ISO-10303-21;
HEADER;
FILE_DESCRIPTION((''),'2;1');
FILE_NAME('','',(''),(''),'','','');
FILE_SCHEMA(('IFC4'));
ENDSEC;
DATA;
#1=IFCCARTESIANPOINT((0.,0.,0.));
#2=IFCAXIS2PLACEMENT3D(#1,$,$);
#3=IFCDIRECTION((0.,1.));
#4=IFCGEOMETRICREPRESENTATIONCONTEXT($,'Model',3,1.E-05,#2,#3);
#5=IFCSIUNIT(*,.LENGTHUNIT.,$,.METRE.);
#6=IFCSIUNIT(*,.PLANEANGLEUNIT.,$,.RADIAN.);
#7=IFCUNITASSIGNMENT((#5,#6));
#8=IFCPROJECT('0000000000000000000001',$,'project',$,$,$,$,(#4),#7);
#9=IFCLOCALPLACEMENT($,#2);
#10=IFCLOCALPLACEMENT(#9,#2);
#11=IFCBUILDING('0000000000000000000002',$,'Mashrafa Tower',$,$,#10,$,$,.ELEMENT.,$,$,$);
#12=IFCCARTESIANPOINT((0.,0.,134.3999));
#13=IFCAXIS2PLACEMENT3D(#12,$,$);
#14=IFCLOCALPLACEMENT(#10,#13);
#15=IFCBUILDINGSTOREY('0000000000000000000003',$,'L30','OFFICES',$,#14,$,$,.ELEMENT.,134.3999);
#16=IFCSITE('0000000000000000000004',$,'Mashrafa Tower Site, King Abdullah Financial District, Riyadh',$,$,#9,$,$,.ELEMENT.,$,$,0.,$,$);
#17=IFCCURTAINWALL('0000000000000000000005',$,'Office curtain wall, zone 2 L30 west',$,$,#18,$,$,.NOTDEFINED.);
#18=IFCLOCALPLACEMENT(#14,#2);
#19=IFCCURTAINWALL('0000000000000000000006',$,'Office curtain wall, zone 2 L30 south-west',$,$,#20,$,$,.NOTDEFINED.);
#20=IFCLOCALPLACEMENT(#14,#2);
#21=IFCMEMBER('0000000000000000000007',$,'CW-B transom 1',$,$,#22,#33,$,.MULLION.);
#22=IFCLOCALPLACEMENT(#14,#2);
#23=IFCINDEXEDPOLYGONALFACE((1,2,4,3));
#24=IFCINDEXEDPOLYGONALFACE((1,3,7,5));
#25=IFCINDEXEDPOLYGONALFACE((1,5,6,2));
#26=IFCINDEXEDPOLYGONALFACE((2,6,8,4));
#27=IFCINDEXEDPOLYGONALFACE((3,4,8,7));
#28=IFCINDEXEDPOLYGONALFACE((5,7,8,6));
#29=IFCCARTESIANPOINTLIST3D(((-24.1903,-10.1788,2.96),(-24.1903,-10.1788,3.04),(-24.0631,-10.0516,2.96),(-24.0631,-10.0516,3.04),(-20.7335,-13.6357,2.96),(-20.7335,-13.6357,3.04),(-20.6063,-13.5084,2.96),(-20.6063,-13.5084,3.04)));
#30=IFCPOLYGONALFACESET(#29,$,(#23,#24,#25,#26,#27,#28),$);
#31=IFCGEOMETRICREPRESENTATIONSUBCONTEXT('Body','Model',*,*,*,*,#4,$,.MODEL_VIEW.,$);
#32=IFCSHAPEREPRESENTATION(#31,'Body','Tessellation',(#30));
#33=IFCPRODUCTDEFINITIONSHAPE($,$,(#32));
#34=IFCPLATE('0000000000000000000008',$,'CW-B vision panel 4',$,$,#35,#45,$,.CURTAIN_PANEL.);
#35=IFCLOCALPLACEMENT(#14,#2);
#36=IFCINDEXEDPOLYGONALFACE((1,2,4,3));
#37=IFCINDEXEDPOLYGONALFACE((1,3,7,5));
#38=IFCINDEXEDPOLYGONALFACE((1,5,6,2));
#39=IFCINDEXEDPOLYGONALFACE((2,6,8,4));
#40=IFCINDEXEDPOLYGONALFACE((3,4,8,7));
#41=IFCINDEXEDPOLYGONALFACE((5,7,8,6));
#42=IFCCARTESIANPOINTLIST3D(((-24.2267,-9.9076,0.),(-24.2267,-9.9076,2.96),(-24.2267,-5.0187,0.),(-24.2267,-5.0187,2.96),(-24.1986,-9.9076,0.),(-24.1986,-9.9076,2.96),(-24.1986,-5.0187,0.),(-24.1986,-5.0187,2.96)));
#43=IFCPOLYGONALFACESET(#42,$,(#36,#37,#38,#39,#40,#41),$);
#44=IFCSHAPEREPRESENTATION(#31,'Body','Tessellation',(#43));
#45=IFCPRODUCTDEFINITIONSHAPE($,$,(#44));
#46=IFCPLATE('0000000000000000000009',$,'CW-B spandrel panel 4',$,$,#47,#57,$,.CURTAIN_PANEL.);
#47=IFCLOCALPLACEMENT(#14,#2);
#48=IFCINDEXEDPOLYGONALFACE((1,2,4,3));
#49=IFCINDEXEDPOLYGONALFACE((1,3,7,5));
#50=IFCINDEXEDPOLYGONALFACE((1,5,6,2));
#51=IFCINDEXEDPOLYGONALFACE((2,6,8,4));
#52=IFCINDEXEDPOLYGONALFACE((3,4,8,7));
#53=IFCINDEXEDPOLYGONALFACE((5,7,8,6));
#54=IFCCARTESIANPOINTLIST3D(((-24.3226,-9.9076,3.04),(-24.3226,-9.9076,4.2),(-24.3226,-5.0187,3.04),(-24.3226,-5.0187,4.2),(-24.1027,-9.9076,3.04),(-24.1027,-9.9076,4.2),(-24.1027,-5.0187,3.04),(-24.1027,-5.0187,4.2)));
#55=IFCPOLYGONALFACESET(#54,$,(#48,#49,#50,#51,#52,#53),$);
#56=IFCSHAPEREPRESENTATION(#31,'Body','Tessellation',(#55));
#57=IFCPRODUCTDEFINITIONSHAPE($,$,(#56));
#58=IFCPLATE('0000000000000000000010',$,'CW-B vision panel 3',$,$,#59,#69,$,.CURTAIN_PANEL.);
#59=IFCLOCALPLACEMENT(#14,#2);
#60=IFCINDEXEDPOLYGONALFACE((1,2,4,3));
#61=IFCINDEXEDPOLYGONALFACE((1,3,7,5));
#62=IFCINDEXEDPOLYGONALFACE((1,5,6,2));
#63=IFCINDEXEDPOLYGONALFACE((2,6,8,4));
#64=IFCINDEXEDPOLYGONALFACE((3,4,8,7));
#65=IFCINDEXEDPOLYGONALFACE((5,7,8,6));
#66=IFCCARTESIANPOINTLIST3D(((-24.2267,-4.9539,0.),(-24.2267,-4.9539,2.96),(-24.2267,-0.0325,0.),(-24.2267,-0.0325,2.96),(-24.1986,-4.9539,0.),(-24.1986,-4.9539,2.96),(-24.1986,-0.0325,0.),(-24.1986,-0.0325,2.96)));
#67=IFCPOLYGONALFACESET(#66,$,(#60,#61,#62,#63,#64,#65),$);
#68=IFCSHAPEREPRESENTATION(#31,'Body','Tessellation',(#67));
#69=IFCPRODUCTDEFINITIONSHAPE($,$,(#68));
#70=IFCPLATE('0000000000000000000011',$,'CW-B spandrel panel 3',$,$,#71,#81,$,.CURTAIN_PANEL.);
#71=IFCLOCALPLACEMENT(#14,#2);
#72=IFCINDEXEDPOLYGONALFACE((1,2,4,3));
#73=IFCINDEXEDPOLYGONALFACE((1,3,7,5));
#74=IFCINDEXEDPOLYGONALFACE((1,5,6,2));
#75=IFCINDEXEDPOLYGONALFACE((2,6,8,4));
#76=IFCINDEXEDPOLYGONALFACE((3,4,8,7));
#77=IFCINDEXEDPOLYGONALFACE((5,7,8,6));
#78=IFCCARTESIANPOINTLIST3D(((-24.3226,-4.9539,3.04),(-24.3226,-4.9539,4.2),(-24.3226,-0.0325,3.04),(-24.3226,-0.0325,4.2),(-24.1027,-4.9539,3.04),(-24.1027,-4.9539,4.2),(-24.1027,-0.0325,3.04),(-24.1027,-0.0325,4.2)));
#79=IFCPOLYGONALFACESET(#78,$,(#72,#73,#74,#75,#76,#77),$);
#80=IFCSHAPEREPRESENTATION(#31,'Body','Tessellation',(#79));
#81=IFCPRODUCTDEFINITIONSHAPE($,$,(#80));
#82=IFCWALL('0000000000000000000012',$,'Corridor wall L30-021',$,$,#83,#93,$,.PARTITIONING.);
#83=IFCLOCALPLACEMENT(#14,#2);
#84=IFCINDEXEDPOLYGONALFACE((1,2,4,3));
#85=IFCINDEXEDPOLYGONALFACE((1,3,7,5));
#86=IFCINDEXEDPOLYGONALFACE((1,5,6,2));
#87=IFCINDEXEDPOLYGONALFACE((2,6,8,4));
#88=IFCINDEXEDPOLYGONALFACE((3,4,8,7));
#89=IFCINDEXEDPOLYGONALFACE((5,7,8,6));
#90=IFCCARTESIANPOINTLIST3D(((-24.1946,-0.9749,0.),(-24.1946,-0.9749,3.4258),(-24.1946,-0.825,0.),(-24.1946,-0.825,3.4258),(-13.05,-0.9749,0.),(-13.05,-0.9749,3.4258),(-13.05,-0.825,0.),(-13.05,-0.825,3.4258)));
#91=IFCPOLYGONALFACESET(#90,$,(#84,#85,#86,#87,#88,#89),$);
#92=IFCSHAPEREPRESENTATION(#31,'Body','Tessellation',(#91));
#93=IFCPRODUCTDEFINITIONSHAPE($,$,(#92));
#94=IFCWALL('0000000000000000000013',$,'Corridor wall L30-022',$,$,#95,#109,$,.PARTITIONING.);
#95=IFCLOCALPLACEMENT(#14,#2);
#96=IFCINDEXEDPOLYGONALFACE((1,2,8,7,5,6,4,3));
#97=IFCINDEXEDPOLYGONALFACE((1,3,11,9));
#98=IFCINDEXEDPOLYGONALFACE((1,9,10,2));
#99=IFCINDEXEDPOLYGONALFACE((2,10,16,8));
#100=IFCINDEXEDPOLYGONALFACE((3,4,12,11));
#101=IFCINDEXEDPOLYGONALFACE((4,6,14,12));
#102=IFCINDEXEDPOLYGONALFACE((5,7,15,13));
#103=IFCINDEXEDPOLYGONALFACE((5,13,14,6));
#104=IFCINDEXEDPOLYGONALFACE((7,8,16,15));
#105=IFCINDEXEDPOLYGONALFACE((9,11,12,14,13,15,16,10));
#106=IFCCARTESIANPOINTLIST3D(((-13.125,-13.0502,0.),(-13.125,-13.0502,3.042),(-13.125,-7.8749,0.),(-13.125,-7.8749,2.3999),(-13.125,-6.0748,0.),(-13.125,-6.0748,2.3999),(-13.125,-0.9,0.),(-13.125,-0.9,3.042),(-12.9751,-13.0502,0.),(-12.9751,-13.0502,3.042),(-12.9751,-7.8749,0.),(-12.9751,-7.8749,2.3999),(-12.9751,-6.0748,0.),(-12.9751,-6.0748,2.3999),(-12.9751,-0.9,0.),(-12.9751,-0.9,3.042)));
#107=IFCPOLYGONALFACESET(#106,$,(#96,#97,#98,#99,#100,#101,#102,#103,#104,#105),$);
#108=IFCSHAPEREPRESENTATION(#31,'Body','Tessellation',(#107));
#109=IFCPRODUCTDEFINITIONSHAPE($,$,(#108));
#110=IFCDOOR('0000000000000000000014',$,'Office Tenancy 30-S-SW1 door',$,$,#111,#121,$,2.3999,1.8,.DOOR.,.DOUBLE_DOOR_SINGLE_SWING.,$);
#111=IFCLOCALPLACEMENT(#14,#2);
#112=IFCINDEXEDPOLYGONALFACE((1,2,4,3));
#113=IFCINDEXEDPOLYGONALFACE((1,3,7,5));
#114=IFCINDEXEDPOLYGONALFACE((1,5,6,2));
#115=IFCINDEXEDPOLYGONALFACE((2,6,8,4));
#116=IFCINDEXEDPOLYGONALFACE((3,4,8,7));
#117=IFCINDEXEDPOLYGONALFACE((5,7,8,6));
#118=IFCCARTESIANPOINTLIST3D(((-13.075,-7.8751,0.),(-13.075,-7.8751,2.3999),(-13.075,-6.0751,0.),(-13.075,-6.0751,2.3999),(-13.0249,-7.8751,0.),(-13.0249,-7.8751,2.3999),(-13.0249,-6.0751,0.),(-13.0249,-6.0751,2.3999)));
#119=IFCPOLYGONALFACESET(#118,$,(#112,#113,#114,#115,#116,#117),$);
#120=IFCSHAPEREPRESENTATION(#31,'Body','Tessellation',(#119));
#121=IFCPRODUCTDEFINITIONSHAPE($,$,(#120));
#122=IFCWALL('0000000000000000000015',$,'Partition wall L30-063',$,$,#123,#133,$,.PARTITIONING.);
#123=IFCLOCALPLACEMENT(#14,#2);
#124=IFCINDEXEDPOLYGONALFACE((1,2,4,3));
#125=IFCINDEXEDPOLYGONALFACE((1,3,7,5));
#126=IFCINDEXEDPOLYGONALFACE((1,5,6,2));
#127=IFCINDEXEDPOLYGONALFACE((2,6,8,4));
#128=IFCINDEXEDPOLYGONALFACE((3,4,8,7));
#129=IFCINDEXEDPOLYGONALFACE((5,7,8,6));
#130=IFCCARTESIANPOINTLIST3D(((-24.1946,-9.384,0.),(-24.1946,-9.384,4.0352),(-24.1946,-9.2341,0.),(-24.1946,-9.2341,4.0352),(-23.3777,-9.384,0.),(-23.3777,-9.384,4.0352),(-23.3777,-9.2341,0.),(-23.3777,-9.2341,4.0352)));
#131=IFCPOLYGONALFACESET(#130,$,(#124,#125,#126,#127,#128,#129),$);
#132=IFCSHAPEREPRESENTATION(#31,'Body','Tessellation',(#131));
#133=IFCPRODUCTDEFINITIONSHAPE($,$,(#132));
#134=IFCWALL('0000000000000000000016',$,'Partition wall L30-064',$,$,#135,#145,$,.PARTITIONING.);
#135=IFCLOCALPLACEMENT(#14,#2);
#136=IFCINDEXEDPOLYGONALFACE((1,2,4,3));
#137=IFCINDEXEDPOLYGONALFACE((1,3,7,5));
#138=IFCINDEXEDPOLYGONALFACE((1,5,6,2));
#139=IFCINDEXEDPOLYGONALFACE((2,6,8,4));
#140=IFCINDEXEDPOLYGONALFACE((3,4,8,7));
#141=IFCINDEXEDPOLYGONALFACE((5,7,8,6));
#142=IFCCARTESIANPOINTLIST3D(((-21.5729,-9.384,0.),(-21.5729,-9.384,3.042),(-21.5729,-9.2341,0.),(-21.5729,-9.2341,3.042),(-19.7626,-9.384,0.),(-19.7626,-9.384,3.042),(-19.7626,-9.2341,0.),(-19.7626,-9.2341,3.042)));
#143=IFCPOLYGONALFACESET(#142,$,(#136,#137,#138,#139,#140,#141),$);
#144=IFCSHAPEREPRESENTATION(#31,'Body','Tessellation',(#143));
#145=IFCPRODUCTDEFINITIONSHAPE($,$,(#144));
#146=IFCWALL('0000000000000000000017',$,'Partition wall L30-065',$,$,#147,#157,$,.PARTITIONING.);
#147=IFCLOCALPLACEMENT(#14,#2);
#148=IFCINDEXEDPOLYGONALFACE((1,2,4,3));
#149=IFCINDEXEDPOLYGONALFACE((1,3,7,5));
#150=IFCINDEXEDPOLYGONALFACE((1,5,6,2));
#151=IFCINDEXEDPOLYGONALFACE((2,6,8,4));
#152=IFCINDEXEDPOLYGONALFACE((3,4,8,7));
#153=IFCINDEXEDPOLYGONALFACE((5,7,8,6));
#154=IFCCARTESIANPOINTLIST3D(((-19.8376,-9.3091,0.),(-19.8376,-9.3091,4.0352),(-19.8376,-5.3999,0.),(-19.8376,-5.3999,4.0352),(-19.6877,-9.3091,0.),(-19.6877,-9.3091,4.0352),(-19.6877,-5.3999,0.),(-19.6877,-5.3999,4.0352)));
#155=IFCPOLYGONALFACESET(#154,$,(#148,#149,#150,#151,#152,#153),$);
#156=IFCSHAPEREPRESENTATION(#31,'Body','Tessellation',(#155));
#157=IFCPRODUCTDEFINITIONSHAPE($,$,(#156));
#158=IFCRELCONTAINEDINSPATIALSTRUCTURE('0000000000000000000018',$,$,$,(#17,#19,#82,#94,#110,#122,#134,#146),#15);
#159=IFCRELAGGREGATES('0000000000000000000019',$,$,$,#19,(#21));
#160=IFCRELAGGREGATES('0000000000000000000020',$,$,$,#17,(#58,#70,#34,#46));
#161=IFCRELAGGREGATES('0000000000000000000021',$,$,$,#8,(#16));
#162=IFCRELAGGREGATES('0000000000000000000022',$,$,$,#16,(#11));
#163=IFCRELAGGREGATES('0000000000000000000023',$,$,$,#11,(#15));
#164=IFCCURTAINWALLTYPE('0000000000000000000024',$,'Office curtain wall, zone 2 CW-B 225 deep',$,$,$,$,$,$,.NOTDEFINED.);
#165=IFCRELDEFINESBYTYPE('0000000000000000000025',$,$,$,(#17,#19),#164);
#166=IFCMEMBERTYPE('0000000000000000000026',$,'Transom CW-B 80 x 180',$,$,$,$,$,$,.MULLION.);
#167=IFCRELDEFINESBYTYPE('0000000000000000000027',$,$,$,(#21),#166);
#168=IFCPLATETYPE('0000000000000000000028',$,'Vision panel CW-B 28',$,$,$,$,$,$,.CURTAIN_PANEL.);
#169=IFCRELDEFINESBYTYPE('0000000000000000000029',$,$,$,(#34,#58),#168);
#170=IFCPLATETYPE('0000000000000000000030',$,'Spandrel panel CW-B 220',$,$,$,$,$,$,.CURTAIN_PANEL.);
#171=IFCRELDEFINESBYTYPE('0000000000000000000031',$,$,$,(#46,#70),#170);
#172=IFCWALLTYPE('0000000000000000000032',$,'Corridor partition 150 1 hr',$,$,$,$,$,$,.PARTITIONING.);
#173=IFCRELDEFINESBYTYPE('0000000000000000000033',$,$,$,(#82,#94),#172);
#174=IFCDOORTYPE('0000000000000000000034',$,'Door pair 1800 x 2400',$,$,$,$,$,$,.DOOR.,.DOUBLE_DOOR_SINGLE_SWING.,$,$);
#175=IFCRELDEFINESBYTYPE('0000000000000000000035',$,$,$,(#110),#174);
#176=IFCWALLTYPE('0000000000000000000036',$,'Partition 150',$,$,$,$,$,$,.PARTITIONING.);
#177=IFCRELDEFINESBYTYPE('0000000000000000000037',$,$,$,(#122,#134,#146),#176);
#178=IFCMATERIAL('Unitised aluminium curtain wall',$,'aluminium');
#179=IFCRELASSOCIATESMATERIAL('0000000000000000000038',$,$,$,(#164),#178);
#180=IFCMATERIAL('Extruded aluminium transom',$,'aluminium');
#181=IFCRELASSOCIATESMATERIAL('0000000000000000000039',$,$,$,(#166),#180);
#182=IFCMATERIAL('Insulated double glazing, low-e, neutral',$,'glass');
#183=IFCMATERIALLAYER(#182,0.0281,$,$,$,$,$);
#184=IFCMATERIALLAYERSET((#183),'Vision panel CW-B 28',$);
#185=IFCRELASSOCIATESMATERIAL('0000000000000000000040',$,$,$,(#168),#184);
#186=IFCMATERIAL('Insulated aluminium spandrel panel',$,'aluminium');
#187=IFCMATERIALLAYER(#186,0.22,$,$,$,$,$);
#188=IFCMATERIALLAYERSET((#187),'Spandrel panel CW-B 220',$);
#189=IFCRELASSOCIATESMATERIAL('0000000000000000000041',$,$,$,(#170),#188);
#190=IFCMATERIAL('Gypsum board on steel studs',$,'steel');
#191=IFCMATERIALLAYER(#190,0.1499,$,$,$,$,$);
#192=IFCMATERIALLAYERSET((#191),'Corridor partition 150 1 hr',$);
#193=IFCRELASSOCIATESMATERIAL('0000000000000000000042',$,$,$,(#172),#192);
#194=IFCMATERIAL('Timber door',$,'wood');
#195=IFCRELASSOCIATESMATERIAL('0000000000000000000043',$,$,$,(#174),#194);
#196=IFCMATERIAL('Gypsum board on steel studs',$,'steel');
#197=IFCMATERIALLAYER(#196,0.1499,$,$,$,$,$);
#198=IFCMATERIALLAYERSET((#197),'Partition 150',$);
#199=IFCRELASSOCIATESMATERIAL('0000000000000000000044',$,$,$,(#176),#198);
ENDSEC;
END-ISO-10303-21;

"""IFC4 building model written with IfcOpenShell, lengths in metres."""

from ifc_helpers import new_model, si_unit, direction, frame, frame_2d, origin, origin_2d, place, context, subcontext, project, spatial, rectangle, extrude, source, transform, mapped, material, layer, layer_set, material_profile, profile_set, type_object, type_shapes, element, fill, aggregate, save


model = new_model("IFC4")

# Units and contexts
model_context = context("Model", 3, precision=1e-05, world=origin(), true_north=direction((0.0, 1.0)))
body_context = subcontext(model_context, "Body", "Model", "MODEL_VIEW")
ifc_project = project(units=[si_unit("LENGTHUNIT", "METRE"), si_unit("PLANEANGLEUNIT", "RADIAN")], contexts=[model_context])

# Site, building, storey
site_placement = place(None, origin())
site = spatial("IfcSite", under=ifc_project, at=site_placement, Name="Mashrafa Tower Site, King Abdullah Financial District, Riyadh", CompositionType="ELEMENT", RefElevation=0.0)
building_placement = place(site_placement, origin())
building = spatial("IfcBuilding", under=site, at=building_placement, Name="Mashrafa Tower", CompositionType="ELEMENT")
storey_placement = place(building_placement, frame((0.0, 0.0, 134.3999)))
storey = spatial("IfcBuildingStorey", under=building, at=storey_placement, Name="L30", Description="OFFICES", CompositionType="ELEMENT", Elevation=134.3999)

# Curtain wall
ifc_material_1 = material(Name="Unitised aluminium curtain wall", Category="aluminium")
curtain_wall_type = type_object("IfcCurtainWallType", Name="Office curtain wall, zone 2 CW-B 225 deep", PredefinedType="NOTDEFINED", material=ifc_material_1)
curtain_wall_1_placement = place(storey_placement, origin())
curtain_wall_1 = element("IfcCurtainWall", 1, at=curtain_wall_1_placement, inside=storey, type_object=curtain_wall_type, Name="Office curtain wall, zone 2 L30 west", PredefinedType="NOTDEFINED")

# Curtain wall
curtain_wall_2_placement = place(storey_placement, origin())
curtain_wall_2 = element("IfcCurtainWall", 2, at=curtain_wall_2_placement, inside=storey, type_object=curtain_wall_type, Name="Office curtain wall, zone 2 L30 south-west", PredefinedType="NOTDEFINED")

# Member
ifc_material_2 = material(Name="Extruded aluminium transom", Category="aluminium")
ifc_material_profile_1 = material_profile(ifc_material_2, rectangle(XDim=0.1799, YDim=0.0801, at=origin_2d()), Name="Transom 80x180")
ifc_profile_set_1 = profile_set([ifc_material_profile_1], Name="Extruded aluminium transom")
member_type_1 = type_object("IfcMemberType", Name="Transom CW-B 80 x 180", PredefinedType="MULLION", material=ifc_profile_set_1)
shared_shape_1 = source(origin(), body_context, "Body", "SweptSolid", [
    extrude(rectangle(XDim=0.1799, YDim=0.0801, at=origin_2d()), origin(), (0.0, 0.0, 1.0), 4.8887),
])
member_1_placement = place(storey_placement, frame((-24.1267, -10.1152, 3.0), z_axis=(0.707107, -0.707107, 0.0), x_axis=(0.707107, 0.707107, 0.0)))
member_1 = element("IfcMember", 3, at=member_1_placement, type_object=member_type_1, Name="CW-B transom 1", PredefinedType="MULLION", context=body_context, shape_type="MappedRepresentation", body=[
    mapped(shared_shape_1, transform((0.0, 0.0, 0.0))),
])
aggregate(curtain_wall_2, [member_1])

# Plates
ifc_material_3 = material(Name="Insulated double glazing, low-e, neutral", Category="glass")
ifc_layer_1 = layer(ifc_material_3, 0.0281)
ifc_layer_set_1 = layer_set([ifc_layer_1], Name="Vision panel CW-B 28")
plate_type_1 = type_object("IfcPlateType", Name="Vision panel CW-B 28", PredefinedType="CURTAIN_PANEL", material=ifc_layer_set_1)
shared_shape_2 = source(origin(), body_context, "Body", "SweptSolid", [
    extrude(rectangle(XDim=4.8889, YDim=0.0281, at=origin_2d()), origin(), (0.0, 0.0, 1.0), 2.96),
])
plate_1_placement = place(storey_placement, frame((-24.2126, -7.4631, 0.0), z_axis=(0.0, 0.0, 1.0), x_axis=(0.0, -1.0, 0.0)))
plate_1 = element("IfcPlate", 4, at=plate_1_placement, type_object=plate_type_1, Name="CW-B vision panel 4", PredefinedType="CURTAIN_PANEL", context=body_context, shape_type="MappedRepresentation", body=[
    mapped(shared_shape_2, transform((0.0, 0.0, 0.0))),
])
ifc_material_4 = material(Name="Insulated aluminium spandrel panel", Category="aluminium")
ifc_layer_2 = layer(ifc_material_4, 0.22)
ifc_layer_set_2 = layer_set([ifc_layer_2], Name="Spandrel panel CW-B 220")
plate_type_2 = type_object("IfcPlateType", Name="Spandrel panel CW-B 220", PredefinedType="CURTAIN_PANEL", material=ifc_layer_set_2)
shared_shape_3 = source(origin(), body_context, "Body", "SweptSolid", [
    extrude(rectangle(XDim=4.8889, YDim=0.22, at=origin_2d()), origin(), (0.0, 0.0, 1.0), 1.1599),
])
plate_2_placement = place(storey_placement, frame((-24.2126, -7.4631, 3.04), z_axis=(0.0, 0.0, 1.0), x_axis=(0.0, -1.0, 0.0)))
plate_2 = element("IfcPlate", 5, at=plate_2_placement, type_object=plate_type_2, Name="CW-B spandrel panel 4", PredefinedType="CURTAIN_PANEL", context=body_context, shape_type="MappedRepresentation", body=[
    mapped(shared_shape_3, transform((0.0, 0.0, 0.0))),
])
shared_shape_4 = source(origin(), body_context, "Body", "SweptSolid", [
    extrude(rectangle(XDim=4.9214, YDim=0.0281, at=origin_2d()), origin(), (0.0, 0.0, 1.0), 2.96),
])
type_shapes(plate_type_1, [shared_shape_2, shared_shape_4])
plate_3_placement = place(storey_placement, frame((-24.2126, -2.4932, 0.0), z_axis=(0.0, 0.0, 1.0), x_axis=(0.0, -1.0, 0.0)))
plate_3 = element("IfcPlate", 6, at=plate_3_placement, type_object=plate_type_1, Name="CW-B vision panel 3", PredefinedType="CURTAIN_PANEL", context=body_context, shape_type="MappedRepresentation", body=[
    mapped(shared_shape_4, transform((0.0, 0.0, 0.0))),
])
shared_shape_5 = source(origin(), body_context, "Body", "SweptSolid", [
    extrude(rectangle(XDim=4.9214, YDim=0.22, at=origin_2d()), origin(), (0.0, 0.0, 1.0), 1.1599),
])
type_shapes(plate_type_2, [shared_shape_3, shared_shape_5])
plate_4_placement = place(storey_placement, frame((-24.2126, -2.4932, 3.04), z_axis=(0.0, 0.0, 1.0), x_axis=(0.0, -1.0, 0.0)))
plate_4 = element("IfcPlate", 7, at=plate_4_placement, type_object=plate_type_2, Name="CW-B spandrel panel 3", PredefinedType="CURTAIN_PANEL", context=body_context, shape_type="MappedRepresentation", body=[
    mapped(shared_shape_5, transform((0.0, 0.0, 0.0))),
])
aggregate(curtain_wall_1, [plate_3, plate_4, plate_1, plate_2])

# Wall
ifc_material_5 = material(Name="Gypsum board on steel studs", Category="steel")
ifc_layer_3 = layer(ifc_material_5, 0.1499)
ifc_layer_set_3 = layer_set([ifc_layer_3], Name="Corridor partition 150 1 hr")
wall_type_1 = type_object("IfcWallType", Name="Corridor partition 150 1 hr", PredefinedType="PARTITIONING", material=ifc_layer_set_3)
wall_1_placement = place(storey_placement, frame((-24.1946, -0.8999, 0.0), z_axis=(0.0, 0.0, 1.0), x_axis=(1.0, 0.0, 0.0)))
element("IfcWall", 8, at=wall_1_placement, inside=storey, type_object=wall_type_1, Name="Corridor wall L30-021", PredefinedType="PARTITIONING", context=body_context, shape_type="SweptSolid", body=[
    extrude(rectangle(XDim=11.1445, YDim=0.1499, at=frame_2d((5.5723, 0.0))), origin(), (0.0, 0.0, 1.0), 3.4258),
])

# Wall, opening, door
wall_2_placement = place(storey_placement, frame((-13.05, -0.8999, 0.0), z_axis=(0.0, 0.0, 1.0), x_axis=(0.0, -1.0, 0.0)))
wall_2 = element("IfcWall", 9, at=wall_2_placement, inside=storey, type_object=wall_type_1, Name="Corridor wall L30-022", PredefinedType="PARTITIONING", context=body_context, shape_type="SweptSolid", body=[
    extrude(rectangle(XDim=12.1501, YDim=0.1499, at=frame_2d((6.0752, 0.0))), origin(), (0.0, 0.0, 1.0), 3.042),
])
opening_1_placement = place(wall_2_placement, frame((5.175, 0.0, 0.0)))
opening_1 = element("IfcOpeningElement", 10, at=opening_1_placement, cuts=wall_2, PredefinedType="OPENING", context=body_context, shape_type="SweptSolid", body=[
    extrude(rectangle(XDim=1.8, YDim=2.3999, at=frame_2d((0.8999, 1.2))), frame((0.0, 0.085, 0.0), z_axis=(0.0, -1.0, 0.0), x_axis=(1.0, 0.0, 0.0)), (0.0, 0.0, 1.0), 0.1699),
])
ifc_material_6 = material(Name="Timber door", Category="wood")
door_type_1 = type_object("IfcDoorType", Name="Door pair 1800 x 2400", OperationType="DOUBLE_DOOR_SINGLE_SWING", PredefinedType="DOOR", material=ifc_material_6)
door_1_placement = place(opening_1_placement, frame((1.8, 0.0, 0.0), z_axis=(0.0, 0.0, 1.0), x_axis=(-1.0, 0.0, 0.0)))
door_1 = element("IfcDoor", 11, at=door_1_placement, inside=storey, type_object=door_type_1, Name="Office Tenancy 30-S-SW1 door", OperationType="DOUBLE_DOOR_SINGLE_SWING", OverallHeight=2.3999, OverallWidth=1.8, PredefinedType="DOOR", context=body_context, shape_type="SweptSolid", body=[
    extrude(rectangle(XDim=1.8, YDim=2.3999, at=frame_2d((0.8999, 1.2))), frame((0.0, 0.0249, 0.0), z_axis=(0.0, -1.0, 0.0), x_axis=(1.0, 0.0, 0.0)), (0.0, 0.0, 1.0), 0.05),
])
fill(opening_1, door_1)

# Walls
ifc_material_7 = material(Name="Gypsum board on steel studs", Category="steel")
ifc_layer_4 = layer(ifc_material_7, 0.1499)
ifc_layer_set_4 = layer_set([ifc_layer_4], Name="Partition 150")
wall_type_2 = type_object("IfcWallType", Name="Partition 150", PredefinedType="PARTITIONING", material=ifc_layer_set_4)
wall_3_placement = place(storey_placement, frame((-24.1946, -9.3091, 0.0), z_axis=(0.0, 0.0, 1.0), x_axis=(1.0, 0.0, 0.0)))
element("IfcWall", 12, at=wall_3_placement, inside=storey, type_object=wall_type_2, Name="Partition wall L30-063", PredefinedType="PARTITIONING", context=body_context, shape_type="SweptSolid", body=[
    extrude(rectangle(XDim=0.8169, YDim=0.1499, at=frame_2d((0.4084, 0.0))), origin(), (0.0, 0.0, 1.0), 4.0352),
])
wall_4_placement = place(storey_placement, frame((-21.573, -9.3091, 0.0), z_axis=(0.0, 0.0, 1.0), x_axis=(1.0, 0.0, 0.0)))
element("IfcWall", 13, at=wall_4_placement, inside=storey, type_object=wall_type_2, Name="Partition wall L30-064", PredefinedType="PARTITIONING", context=body_context, shape_type="SweptSolid", body=[
    extrude(rectangle(XDim=1.8103, YDim=0.1499, at=frame_2d((0.9053, 0.0))), origin(), (0.0, 0.0, 1.0), 3.042),
])
wall_5_placement = place(storey_placement, frame((-19.7627, -9.3091, 0.0), z_axis=(0.0, 0.0, 1.0), x_axis=(0.0, 1.0, 0.0)))
element("IfcWall", 14, at=wall_5_placement, inside=storey, type_object=wall_type_2, Name="Partition wall L30-065", PredefinedType="PARTITIONING", context=body_context, shape_type="SweptSolid", body=[
    extrude(rectangle(XDim=3.9092, YDim=0.1499, at=frame_2d((1.9546, 0.0))), origin(), (0.0, 0.0, 1.0), 4.0352),
])

save(model, "model.ifc")
